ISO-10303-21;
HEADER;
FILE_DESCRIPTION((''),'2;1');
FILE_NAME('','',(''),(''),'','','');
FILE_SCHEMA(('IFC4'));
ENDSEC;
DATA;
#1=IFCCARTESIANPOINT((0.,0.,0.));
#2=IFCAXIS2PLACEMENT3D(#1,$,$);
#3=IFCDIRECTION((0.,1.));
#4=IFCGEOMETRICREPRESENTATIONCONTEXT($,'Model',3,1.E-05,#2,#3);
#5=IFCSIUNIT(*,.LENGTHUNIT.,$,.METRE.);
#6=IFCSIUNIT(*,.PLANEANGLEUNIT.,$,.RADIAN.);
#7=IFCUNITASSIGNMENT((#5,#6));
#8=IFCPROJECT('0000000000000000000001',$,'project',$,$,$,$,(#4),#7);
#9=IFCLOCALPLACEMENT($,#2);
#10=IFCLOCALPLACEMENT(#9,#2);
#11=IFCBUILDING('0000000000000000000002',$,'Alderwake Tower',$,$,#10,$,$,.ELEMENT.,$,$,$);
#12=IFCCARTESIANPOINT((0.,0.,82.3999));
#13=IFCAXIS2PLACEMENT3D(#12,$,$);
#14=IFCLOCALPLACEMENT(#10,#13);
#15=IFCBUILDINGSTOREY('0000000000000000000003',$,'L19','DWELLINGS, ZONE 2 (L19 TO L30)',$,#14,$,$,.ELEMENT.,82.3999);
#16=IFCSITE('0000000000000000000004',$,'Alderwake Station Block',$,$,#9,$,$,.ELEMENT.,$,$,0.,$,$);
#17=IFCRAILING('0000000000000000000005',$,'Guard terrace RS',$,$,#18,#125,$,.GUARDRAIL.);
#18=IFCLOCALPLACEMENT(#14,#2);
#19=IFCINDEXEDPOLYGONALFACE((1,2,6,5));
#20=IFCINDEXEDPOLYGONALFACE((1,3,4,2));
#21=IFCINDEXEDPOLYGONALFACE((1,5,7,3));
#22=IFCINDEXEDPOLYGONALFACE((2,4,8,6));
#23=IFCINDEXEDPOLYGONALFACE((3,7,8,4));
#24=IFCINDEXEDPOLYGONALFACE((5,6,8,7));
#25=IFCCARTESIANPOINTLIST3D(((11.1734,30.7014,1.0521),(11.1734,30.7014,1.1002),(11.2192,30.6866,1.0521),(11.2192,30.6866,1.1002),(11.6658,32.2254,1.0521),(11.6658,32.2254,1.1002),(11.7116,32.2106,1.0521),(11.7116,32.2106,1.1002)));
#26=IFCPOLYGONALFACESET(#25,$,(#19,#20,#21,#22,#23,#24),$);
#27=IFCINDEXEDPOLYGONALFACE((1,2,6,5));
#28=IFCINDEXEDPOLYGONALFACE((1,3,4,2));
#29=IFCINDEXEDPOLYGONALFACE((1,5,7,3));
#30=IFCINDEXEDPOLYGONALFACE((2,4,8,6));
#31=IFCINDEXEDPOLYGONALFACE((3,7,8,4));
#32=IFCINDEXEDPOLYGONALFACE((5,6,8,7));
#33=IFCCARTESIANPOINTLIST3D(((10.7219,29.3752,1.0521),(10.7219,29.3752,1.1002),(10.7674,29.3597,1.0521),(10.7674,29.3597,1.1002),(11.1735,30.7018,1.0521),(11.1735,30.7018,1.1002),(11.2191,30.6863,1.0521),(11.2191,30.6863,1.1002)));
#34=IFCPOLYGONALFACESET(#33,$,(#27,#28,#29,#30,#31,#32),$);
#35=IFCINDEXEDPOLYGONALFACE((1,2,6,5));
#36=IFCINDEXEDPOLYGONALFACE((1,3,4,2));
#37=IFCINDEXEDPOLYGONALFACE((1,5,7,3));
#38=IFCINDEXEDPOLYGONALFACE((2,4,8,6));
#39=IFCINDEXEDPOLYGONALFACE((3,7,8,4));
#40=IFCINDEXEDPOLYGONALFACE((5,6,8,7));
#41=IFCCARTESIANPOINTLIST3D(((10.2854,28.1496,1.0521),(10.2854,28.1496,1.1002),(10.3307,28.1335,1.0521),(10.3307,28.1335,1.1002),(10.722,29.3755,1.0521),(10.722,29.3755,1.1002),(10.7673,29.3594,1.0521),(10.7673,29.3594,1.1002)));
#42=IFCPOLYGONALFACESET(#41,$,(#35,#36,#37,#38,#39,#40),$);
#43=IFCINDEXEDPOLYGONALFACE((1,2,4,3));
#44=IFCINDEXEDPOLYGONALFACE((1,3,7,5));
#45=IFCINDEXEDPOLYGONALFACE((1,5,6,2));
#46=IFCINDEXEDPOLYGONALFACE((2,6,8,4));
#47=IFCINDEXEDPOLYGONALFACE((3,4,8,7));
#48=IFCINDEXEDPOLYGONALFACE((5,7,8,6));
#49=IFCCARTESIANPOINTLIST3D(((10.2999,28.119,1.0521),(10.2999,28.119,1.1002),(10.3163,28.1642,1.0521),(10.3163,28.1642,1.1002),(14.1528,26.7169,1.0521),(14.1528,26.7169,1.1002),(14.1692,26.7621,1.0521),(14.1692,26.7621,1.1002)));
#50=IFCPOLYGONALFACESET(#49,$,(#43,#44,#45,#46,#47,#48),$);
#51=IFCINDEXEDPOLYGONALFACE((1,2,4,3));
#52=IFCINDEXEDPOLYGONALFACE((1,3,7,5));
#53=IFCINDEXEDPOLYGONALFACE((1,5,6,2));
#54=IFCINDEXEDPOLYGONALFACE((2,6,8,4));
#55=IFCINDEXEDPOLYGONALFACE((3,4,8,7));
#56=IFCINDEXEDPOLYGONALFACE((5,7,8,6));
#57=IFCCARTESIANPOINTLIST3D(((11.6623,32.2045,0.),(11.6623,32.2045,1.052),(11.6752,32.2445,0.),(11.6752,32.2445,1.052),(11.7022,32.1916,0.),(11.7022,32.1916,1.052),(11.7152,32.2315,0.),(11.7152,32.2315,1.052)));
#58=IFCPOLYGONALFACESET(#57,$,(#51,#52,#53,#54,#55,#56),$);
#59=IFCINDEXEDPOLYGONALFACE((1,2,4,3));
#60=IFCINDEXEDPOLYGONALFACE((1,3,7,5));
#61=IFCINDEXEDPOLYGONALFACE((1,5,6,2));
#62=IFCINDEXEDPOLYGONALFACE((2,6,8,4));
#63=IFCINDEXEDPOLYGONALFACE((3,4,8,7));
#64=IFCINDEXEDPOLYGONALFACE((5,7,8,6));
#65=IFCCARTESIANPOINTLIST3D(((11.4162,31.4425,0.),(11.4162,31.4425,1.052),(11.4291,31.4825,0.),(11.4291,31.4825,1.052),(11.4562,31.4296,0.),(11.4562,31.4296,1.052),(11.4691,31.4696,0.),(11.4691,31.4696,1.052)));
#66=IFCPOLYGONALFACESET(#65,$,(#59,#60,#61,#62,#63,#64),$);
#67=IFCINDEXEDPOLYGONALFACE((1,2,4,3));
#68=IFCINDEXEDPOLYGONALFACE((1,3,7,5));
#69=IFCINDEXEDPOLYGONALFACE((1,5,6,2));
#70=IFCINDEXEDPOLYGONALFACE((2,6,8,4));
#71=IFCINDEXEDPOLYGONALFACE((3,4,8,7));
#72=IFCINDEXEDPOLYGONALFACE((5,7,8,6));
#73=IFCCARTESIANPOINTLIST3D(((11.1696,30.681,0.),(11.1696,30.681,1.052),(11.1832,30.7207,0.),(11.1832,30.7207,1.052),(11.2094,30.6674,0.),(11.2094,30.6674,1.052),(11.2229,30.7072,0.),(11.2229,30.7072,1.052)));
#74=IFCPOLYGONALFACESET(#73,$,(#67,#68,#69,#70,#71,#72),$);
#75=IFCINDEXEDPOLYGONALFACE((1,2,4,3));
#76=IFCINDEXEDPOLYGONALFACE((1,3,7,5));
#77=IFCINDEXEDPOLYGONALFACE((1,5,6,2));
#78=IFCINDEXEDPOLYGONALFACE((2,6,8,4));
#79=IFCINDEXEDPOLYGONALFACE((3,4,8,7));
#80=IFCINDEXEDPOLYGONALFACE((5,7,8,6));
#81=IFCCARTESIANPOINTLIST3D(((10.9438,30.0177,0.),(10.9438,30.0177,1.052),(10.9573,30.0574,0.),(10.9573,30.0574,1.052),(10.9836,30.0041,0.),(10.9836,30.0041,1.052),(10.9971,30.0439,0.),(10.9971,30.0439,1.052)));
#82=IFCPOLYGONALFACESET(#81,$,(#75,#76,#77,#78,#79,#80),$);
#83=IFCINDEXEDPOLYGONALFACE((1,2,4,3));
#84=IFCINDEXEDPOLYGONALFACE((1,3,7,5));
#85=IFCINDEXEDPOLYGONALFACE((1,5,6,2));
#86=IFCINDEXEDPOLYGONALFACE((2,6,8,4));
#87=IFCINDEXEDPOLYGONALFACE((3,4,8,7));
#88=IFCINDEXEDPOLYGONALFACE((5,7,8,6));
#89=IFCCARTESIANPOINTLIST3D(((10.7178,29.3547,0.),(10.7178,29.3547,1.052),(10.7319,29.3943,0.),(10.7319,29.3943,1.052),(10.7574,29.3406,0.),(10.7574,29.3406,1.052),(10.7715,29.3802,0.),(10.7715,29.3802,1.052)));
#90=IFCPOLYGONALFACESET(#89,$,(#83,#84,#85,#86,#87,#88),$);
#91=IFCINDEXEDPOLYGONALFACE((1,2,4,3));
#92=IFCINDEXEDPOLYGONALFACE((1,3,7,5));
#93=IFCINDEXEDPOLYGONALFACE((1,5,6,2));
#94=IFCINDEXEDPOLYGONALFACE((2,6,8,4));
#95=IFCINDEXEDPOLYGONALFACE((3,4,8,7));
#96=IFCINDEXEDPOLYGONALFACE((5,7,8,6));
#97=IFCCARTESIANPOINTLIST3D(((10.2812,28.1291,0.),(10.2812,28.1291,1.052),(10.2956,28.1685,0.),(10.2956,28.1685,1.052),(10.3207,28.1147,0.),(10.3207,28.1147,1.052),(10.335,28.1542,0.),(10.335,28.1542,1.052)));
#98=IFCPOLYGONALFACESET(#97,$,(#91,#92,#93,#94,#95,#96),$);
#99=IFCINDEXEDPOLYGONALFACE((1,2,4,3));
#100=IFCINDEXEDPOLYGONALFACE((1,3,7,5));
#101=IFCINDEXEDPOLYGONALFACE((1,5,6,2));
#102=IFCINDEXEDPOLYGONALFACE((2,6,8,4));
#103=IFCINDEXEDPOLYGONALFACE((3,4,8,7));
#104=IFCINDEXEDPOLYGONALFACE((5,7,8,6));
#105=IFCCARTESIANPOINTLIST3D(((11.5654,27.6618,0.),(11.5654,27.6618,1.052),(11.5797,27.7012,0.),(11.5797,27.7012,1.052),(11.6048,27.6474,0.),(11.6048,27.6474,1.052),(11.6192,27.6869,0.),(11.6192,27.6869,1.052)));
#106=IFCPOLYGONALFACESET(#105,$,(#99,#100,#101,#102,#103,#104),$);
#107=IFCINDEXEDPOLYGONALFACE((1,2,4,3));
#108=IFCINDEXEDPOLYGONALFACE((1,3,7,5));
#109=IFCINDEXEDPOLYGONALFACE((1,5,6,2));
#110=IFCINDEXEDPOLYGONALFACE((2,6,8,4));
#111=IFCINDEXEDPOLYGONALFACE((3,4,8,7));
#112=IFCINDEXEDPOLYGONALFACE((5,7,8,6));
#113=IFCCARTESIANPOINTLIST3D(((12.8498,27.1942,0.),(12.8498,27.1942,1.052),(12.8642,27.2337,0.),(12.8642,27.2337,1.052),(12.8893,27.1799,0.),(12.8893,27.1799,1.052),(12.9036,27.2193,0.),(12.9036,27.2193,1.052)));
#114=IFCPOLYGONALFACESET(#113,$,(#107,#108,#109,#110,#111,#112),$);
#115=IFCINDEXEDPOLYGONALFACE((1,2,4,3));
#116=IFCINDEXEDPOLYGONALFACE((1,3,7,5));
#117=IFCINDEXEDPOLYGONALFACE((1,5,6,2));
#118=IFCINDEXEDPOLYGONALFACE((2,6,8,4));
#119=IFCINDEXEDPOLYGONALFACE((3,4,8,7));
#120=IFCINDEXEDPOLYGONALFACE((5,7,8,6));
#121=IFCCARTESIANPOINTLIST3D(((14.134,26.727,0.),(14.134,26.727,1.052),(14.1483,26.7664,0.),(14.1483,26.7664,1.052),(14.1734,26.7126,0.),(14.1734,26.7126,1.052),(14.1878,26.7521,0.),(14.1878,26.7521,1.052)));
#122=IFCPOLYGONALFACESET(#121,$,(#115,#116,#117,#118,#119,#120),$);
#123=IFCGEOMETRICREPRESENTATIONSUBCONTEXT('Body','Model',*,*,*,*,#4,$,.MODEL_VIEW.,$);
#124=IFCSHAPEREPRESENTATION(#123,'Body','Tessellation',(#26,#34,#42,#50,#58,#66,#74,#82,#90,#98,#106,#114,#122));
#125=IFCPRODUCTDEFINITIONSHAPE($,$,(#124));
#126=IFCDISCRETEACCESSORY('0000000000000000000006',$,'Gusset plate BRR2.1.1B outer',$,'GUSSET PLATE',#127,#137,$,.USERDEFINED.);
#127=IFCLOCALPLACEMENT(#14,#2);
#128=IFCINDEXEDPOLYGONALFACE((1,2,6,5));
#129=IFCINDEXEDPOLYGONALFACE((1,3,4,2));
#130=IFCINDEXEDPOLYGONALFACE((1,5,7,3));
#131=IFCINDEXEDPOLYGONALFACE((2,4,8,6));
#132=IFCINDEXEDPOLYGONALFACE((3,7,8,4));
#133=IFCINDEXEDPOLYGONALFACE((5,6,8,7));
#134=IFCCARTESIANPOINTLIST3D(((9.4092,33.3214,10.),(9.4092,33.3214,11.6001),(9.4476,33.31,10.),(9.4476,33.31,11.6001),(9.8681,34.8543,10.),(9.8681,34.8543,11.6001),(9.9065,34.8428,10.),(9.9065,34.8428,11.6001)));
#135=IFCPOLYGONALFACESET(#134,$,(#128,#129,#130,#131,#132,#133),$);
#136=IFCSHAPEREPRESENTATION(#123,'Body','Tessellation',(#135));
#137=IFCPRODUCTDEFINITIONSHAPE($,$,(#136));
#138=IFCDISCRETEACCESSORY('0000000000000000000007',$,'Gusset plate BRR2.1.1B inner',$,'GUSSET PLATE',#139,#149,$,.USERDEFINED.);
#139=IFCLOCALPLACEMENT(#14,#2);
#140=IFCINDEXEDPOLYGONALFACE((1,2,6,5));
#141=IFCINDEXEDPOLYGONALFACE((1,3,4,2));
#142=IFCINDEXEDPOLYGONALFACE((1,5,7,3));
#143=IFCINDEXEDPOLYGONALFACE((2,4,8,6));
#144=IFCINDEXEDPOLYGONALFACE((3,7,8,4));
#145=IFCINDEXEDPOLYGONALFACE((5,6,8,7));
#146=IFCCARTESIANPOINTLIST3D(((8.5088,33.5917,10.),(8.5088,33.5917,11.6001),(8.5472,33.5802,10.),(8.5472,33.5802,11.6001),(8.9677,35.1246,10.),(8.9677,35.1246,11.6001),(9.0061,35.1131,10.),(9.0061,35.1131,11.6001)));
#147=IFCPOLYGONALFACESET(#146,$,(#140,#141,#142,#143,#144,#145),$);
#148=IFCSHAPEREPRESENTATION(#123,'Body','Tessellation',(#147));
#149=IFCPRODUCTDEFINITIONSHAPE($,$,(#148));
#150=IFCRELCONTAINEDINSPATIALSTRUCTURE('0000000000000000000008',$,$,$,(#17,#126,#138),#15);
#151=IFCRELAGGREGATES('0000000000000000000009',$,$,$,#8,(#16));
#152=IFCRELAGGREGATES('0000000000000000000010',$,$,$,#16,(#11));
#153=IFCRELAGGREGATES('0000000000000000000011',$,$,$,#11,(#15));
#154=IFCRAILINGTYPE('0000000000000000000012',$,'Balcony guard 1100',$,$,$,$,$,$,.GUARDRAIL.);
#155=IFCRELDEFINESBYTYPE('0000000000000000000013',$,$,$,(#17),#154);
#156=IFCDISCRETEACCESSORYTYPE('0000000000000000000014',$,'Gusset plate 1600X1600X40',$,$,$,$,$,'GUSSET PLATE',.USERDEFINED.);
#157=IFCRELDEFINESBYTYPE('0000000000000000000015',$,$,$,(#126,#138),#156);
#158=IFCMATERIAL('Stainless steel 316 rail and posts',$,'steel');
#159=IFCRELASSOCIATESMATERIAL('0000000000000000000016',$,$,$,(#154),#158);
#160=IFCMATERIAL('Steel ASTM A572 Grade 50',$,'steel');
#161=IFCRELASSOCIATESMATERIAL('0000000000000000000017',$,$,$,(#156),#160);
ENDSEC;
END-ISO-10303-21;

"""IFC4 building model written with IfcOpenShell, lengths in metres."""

from ifc_helpers import new_model, si_unit, direction, frame, origin, origin_2d, place, context, subcontext, project, spatial, rectangle, extrude, material, material_profile, profile_set, type_object, element, save


model = new_model("IFC4")

# Units and contexts
model_context = context("Model", 3, precision=1e-05, world=origin(), true_north=direction((0.0, 1.0)))
body_context = subcontext(model_context, "Body", "Model", "MODEL_VIEW")
ifc_project = project(units=[si_unit("LENGTHUNIT", "METRE"), si_unit("PLANEANGLEUNIT", "RADIAN")], contexts=[model_context])

# Site, building, storey
site_placement = place(None, origin())
site = spatial("IfcSite", under=ifc_project, at=site_placement, Name="Alderwake Station Block", CompositionType="ELEMENT", RefElevation=0.0)
building_placement = place(site_placement, origin())
building = spatial("IfcBuilding", under=site, at=building_placement, Name="Alderwake Tower", CompositionType="ELEMENT")
storey_placement = place(building_placement, frame((0.0, 0.0, 82.3999)))
storey = spatial("IfcBuildingStorey", under=building, at=storey_placement, Name="L19", Description="DWELLINGS, ZONE 2 (L19 TO L30)", CompositionType="ELEMENT", Elevation=82.3999)

# Railing
ifc_material_1 = material(Name="Stainless steel 316 rail and posts", Category="steel")
railing_type = type_object("IfcRailingType", Name="Balcony guard 1100", PredefinedType="GUARDRAIL", material=ifc_material_1)
railing_1_placement = place(storey_placement, frame((11.6887, 32.218, 0.0)))
element("IfcRailing", 1, at=railing_1_placement, inside=storey, type_object=railing_type, Name="Guard terrace RS", PredefinedType="GUARDRAIL", context=body_context, shape_type="SweptSolid", body=[
    extrude(rectangle(XDim=0.0481, YDim=0.0481, at=origin_2d()), frame((0.0, 0.0, 1.0762), z_axis=(-0.307479, -0.951555, 0.0), x_axis=(0.951555, -0.307479, 0.0)), (0.0, 0.0, 1.0), 1.6016),
    extrude(rectangle(XDim=0.0481, YDim=0.0481, at=origin_2d()), frame((-0.4924, -1.5239, 1.0762), z_axis=(-0.322284, -0.946643, 0.0), x_axis=(0.946643, -0.322284, 0.0)), (0.0, 0.0, 1.0), 1.4014),
    extrude(rectangle(XDim=0.0481, YDim=0.0481, at=origin_2d()), frame((-0.9441, -2.8506, 1.0762), z_axis=(-0.335469, -0.942051, 0.0), x_axis=(0.942051, -0.335469, 0.0)), (0.0, 0.0, 1.0), 1.3013),
    extrude(rectangle(XDim=0.0481, YDim=0.0481, at=origin_2d()), frame((-1.3806, -4.0764, 1.0762), z_axis=(0.939708, -0.341977, 0.0), x_axis=(0.341977, 0.939708, 0.0)), (0.0, 0.0, 1.0), 4.1001),
    extrude(rectangle(XDim=0.042, YDim=0.042, at=origin_2d()), frame((0.0, 0.0, 0.0), z_axis=(0.0, 0.0, 1.0), x_axis=(-0.307479, -0.951555, 0.0)), (0.0, 0.0, 1.0), 1.052),
    extrude(rectangle(XDim=0.042, YDim=0.042, at=origin_2d()), frame((-0.2461, -0.762, 0.0), z_axis=(0.0, 0.0, 1.0), x_axis=(-0.307479, -0.951555, 0.0)), (0.0, 0.0, 1.0), 1.052),
    extrude(rectangle(XDim=0.042, YDim=0.042, at=origin_2d()), frame((-0.4924, -1.5239, 0.0), z_axis=(0.0, 0.0, 1.0), x_axis=(-0.322284, -0.946643, 0.0)), (0.0, 0.0, 1.0), 1.052),
    extrude(rectangle(XDim=0.042, YDim=0.042, at=origin_2d()), frame((-0.7183, -2.1873, 0.0), z_axis=(0.0, 0.0, 1.0), x_axis=(-0.322284, -0.946643, 0.0)), (0.0, 0.0, 1.0), 1.052),
    extrude(rectangle(XDim=0.042, YDim=0.042, at=origin_2d()), frame((-0.9441, -2.8506, 0.0), z_axis=(0.0, 0.0, 1.0), x_axis=(-0.335469, -0.942051, 0.0)), (0.0, 0.0, 1.0), 1.052),
    extrude(rectangle(XDim=0.042, YDim=0.042, at=origin_2d()), frame((-1.3806, -4.0764, 0.0), z_axis=(0.0, 0.0, 1.0), x_axis=(0.939708, -0.341977, 0.0)), (0.0, 0.0, 1.0), 1.052),
    extrude(rectangle(XDim=0.042, YDim=0.042, at=origin_2d()), frame((-0.0964, -4.5437, 0.0), z_axis=(0.0, 0.0, 1.0), x_axis=(0.939708, -0.341977, 0.0)), (0.0, 0.0, 1.0), 1.052),
    extrude(rectangle(XDim=0.042, YDim=0.042, at=origin_2d()), frame((1.188, -5.0112, 0.0), z_axis=(0.0, 0.0, 1.0), x_axis=(0.939708, -0.341977, 0.0)), (0.0, 0.0, 1.0), 1.052),
    extrude(rectangle(XDim=0.042, YDim=0.042, at=origin_2d()), frame((2.4722, -5.4785, 0.0), z_axis=(0.0, 0.0, 1.0), x_axis=(0.939708, -0.341977, 0.0)), (0.0, 0.0, 1.0), 1.052),
])

# Discrete accessories
ifc_material_2 = material(Name="Steel ASTM A572 Grade 50", Category="steel")
ifc_material_profile_1 = material_profile(ifc_material_2, rectangle(XDim=1.6001, YDim=1.6001, at=origin_2d()), Name="gusset 1600X1600")
ifc_profile_set_1 = profile_set([ifc_material_profile_1], Name="Steel ASTM A572 Grade 50")
discrete_accessory_type = type_object("IfcDiscreteAccessoryType", Name="Gusset plate 1600X1600X40", ElementType="GUSSET PLATE", PredefinedType="USERDEFINED", material=ifc_profile_set_1)
for number, where, z_axis, x_axis, name in (
    (2, (9.6387, 34.0879, 10.8), (0.957994, -0.286788, 0.0), (0.286788, 0.957994, 0.0), "Gusset plate BRR2.1.1B outer"),
    (3, (8.7766, 34.3467, 10.8), (-0.957994, 0.286788, 0.0), (-0.286788, -0.957994, 0.0), "Gusset plate BRR2.1.1B inner"),
):
    element("IfcDiscreteAccessory", number, at=place(storey_placement, frame(where, z_axis=z_axis, x_axis=x_axis)), inside=storey, type_object=discrete_accessory_type, Name=name, ObjectType="GUSSET PLATE", PredefinedType="USERDEFINED", context=body_context, shape_type="SweptSolid", body=[
        extrude(rectangle(XDim=1.6001, YDim=1.6001, at=origin_2d()), origin(), (0.0, 0.0, 1.0), 0.04),
    ])

save(model, "model.ifc")
